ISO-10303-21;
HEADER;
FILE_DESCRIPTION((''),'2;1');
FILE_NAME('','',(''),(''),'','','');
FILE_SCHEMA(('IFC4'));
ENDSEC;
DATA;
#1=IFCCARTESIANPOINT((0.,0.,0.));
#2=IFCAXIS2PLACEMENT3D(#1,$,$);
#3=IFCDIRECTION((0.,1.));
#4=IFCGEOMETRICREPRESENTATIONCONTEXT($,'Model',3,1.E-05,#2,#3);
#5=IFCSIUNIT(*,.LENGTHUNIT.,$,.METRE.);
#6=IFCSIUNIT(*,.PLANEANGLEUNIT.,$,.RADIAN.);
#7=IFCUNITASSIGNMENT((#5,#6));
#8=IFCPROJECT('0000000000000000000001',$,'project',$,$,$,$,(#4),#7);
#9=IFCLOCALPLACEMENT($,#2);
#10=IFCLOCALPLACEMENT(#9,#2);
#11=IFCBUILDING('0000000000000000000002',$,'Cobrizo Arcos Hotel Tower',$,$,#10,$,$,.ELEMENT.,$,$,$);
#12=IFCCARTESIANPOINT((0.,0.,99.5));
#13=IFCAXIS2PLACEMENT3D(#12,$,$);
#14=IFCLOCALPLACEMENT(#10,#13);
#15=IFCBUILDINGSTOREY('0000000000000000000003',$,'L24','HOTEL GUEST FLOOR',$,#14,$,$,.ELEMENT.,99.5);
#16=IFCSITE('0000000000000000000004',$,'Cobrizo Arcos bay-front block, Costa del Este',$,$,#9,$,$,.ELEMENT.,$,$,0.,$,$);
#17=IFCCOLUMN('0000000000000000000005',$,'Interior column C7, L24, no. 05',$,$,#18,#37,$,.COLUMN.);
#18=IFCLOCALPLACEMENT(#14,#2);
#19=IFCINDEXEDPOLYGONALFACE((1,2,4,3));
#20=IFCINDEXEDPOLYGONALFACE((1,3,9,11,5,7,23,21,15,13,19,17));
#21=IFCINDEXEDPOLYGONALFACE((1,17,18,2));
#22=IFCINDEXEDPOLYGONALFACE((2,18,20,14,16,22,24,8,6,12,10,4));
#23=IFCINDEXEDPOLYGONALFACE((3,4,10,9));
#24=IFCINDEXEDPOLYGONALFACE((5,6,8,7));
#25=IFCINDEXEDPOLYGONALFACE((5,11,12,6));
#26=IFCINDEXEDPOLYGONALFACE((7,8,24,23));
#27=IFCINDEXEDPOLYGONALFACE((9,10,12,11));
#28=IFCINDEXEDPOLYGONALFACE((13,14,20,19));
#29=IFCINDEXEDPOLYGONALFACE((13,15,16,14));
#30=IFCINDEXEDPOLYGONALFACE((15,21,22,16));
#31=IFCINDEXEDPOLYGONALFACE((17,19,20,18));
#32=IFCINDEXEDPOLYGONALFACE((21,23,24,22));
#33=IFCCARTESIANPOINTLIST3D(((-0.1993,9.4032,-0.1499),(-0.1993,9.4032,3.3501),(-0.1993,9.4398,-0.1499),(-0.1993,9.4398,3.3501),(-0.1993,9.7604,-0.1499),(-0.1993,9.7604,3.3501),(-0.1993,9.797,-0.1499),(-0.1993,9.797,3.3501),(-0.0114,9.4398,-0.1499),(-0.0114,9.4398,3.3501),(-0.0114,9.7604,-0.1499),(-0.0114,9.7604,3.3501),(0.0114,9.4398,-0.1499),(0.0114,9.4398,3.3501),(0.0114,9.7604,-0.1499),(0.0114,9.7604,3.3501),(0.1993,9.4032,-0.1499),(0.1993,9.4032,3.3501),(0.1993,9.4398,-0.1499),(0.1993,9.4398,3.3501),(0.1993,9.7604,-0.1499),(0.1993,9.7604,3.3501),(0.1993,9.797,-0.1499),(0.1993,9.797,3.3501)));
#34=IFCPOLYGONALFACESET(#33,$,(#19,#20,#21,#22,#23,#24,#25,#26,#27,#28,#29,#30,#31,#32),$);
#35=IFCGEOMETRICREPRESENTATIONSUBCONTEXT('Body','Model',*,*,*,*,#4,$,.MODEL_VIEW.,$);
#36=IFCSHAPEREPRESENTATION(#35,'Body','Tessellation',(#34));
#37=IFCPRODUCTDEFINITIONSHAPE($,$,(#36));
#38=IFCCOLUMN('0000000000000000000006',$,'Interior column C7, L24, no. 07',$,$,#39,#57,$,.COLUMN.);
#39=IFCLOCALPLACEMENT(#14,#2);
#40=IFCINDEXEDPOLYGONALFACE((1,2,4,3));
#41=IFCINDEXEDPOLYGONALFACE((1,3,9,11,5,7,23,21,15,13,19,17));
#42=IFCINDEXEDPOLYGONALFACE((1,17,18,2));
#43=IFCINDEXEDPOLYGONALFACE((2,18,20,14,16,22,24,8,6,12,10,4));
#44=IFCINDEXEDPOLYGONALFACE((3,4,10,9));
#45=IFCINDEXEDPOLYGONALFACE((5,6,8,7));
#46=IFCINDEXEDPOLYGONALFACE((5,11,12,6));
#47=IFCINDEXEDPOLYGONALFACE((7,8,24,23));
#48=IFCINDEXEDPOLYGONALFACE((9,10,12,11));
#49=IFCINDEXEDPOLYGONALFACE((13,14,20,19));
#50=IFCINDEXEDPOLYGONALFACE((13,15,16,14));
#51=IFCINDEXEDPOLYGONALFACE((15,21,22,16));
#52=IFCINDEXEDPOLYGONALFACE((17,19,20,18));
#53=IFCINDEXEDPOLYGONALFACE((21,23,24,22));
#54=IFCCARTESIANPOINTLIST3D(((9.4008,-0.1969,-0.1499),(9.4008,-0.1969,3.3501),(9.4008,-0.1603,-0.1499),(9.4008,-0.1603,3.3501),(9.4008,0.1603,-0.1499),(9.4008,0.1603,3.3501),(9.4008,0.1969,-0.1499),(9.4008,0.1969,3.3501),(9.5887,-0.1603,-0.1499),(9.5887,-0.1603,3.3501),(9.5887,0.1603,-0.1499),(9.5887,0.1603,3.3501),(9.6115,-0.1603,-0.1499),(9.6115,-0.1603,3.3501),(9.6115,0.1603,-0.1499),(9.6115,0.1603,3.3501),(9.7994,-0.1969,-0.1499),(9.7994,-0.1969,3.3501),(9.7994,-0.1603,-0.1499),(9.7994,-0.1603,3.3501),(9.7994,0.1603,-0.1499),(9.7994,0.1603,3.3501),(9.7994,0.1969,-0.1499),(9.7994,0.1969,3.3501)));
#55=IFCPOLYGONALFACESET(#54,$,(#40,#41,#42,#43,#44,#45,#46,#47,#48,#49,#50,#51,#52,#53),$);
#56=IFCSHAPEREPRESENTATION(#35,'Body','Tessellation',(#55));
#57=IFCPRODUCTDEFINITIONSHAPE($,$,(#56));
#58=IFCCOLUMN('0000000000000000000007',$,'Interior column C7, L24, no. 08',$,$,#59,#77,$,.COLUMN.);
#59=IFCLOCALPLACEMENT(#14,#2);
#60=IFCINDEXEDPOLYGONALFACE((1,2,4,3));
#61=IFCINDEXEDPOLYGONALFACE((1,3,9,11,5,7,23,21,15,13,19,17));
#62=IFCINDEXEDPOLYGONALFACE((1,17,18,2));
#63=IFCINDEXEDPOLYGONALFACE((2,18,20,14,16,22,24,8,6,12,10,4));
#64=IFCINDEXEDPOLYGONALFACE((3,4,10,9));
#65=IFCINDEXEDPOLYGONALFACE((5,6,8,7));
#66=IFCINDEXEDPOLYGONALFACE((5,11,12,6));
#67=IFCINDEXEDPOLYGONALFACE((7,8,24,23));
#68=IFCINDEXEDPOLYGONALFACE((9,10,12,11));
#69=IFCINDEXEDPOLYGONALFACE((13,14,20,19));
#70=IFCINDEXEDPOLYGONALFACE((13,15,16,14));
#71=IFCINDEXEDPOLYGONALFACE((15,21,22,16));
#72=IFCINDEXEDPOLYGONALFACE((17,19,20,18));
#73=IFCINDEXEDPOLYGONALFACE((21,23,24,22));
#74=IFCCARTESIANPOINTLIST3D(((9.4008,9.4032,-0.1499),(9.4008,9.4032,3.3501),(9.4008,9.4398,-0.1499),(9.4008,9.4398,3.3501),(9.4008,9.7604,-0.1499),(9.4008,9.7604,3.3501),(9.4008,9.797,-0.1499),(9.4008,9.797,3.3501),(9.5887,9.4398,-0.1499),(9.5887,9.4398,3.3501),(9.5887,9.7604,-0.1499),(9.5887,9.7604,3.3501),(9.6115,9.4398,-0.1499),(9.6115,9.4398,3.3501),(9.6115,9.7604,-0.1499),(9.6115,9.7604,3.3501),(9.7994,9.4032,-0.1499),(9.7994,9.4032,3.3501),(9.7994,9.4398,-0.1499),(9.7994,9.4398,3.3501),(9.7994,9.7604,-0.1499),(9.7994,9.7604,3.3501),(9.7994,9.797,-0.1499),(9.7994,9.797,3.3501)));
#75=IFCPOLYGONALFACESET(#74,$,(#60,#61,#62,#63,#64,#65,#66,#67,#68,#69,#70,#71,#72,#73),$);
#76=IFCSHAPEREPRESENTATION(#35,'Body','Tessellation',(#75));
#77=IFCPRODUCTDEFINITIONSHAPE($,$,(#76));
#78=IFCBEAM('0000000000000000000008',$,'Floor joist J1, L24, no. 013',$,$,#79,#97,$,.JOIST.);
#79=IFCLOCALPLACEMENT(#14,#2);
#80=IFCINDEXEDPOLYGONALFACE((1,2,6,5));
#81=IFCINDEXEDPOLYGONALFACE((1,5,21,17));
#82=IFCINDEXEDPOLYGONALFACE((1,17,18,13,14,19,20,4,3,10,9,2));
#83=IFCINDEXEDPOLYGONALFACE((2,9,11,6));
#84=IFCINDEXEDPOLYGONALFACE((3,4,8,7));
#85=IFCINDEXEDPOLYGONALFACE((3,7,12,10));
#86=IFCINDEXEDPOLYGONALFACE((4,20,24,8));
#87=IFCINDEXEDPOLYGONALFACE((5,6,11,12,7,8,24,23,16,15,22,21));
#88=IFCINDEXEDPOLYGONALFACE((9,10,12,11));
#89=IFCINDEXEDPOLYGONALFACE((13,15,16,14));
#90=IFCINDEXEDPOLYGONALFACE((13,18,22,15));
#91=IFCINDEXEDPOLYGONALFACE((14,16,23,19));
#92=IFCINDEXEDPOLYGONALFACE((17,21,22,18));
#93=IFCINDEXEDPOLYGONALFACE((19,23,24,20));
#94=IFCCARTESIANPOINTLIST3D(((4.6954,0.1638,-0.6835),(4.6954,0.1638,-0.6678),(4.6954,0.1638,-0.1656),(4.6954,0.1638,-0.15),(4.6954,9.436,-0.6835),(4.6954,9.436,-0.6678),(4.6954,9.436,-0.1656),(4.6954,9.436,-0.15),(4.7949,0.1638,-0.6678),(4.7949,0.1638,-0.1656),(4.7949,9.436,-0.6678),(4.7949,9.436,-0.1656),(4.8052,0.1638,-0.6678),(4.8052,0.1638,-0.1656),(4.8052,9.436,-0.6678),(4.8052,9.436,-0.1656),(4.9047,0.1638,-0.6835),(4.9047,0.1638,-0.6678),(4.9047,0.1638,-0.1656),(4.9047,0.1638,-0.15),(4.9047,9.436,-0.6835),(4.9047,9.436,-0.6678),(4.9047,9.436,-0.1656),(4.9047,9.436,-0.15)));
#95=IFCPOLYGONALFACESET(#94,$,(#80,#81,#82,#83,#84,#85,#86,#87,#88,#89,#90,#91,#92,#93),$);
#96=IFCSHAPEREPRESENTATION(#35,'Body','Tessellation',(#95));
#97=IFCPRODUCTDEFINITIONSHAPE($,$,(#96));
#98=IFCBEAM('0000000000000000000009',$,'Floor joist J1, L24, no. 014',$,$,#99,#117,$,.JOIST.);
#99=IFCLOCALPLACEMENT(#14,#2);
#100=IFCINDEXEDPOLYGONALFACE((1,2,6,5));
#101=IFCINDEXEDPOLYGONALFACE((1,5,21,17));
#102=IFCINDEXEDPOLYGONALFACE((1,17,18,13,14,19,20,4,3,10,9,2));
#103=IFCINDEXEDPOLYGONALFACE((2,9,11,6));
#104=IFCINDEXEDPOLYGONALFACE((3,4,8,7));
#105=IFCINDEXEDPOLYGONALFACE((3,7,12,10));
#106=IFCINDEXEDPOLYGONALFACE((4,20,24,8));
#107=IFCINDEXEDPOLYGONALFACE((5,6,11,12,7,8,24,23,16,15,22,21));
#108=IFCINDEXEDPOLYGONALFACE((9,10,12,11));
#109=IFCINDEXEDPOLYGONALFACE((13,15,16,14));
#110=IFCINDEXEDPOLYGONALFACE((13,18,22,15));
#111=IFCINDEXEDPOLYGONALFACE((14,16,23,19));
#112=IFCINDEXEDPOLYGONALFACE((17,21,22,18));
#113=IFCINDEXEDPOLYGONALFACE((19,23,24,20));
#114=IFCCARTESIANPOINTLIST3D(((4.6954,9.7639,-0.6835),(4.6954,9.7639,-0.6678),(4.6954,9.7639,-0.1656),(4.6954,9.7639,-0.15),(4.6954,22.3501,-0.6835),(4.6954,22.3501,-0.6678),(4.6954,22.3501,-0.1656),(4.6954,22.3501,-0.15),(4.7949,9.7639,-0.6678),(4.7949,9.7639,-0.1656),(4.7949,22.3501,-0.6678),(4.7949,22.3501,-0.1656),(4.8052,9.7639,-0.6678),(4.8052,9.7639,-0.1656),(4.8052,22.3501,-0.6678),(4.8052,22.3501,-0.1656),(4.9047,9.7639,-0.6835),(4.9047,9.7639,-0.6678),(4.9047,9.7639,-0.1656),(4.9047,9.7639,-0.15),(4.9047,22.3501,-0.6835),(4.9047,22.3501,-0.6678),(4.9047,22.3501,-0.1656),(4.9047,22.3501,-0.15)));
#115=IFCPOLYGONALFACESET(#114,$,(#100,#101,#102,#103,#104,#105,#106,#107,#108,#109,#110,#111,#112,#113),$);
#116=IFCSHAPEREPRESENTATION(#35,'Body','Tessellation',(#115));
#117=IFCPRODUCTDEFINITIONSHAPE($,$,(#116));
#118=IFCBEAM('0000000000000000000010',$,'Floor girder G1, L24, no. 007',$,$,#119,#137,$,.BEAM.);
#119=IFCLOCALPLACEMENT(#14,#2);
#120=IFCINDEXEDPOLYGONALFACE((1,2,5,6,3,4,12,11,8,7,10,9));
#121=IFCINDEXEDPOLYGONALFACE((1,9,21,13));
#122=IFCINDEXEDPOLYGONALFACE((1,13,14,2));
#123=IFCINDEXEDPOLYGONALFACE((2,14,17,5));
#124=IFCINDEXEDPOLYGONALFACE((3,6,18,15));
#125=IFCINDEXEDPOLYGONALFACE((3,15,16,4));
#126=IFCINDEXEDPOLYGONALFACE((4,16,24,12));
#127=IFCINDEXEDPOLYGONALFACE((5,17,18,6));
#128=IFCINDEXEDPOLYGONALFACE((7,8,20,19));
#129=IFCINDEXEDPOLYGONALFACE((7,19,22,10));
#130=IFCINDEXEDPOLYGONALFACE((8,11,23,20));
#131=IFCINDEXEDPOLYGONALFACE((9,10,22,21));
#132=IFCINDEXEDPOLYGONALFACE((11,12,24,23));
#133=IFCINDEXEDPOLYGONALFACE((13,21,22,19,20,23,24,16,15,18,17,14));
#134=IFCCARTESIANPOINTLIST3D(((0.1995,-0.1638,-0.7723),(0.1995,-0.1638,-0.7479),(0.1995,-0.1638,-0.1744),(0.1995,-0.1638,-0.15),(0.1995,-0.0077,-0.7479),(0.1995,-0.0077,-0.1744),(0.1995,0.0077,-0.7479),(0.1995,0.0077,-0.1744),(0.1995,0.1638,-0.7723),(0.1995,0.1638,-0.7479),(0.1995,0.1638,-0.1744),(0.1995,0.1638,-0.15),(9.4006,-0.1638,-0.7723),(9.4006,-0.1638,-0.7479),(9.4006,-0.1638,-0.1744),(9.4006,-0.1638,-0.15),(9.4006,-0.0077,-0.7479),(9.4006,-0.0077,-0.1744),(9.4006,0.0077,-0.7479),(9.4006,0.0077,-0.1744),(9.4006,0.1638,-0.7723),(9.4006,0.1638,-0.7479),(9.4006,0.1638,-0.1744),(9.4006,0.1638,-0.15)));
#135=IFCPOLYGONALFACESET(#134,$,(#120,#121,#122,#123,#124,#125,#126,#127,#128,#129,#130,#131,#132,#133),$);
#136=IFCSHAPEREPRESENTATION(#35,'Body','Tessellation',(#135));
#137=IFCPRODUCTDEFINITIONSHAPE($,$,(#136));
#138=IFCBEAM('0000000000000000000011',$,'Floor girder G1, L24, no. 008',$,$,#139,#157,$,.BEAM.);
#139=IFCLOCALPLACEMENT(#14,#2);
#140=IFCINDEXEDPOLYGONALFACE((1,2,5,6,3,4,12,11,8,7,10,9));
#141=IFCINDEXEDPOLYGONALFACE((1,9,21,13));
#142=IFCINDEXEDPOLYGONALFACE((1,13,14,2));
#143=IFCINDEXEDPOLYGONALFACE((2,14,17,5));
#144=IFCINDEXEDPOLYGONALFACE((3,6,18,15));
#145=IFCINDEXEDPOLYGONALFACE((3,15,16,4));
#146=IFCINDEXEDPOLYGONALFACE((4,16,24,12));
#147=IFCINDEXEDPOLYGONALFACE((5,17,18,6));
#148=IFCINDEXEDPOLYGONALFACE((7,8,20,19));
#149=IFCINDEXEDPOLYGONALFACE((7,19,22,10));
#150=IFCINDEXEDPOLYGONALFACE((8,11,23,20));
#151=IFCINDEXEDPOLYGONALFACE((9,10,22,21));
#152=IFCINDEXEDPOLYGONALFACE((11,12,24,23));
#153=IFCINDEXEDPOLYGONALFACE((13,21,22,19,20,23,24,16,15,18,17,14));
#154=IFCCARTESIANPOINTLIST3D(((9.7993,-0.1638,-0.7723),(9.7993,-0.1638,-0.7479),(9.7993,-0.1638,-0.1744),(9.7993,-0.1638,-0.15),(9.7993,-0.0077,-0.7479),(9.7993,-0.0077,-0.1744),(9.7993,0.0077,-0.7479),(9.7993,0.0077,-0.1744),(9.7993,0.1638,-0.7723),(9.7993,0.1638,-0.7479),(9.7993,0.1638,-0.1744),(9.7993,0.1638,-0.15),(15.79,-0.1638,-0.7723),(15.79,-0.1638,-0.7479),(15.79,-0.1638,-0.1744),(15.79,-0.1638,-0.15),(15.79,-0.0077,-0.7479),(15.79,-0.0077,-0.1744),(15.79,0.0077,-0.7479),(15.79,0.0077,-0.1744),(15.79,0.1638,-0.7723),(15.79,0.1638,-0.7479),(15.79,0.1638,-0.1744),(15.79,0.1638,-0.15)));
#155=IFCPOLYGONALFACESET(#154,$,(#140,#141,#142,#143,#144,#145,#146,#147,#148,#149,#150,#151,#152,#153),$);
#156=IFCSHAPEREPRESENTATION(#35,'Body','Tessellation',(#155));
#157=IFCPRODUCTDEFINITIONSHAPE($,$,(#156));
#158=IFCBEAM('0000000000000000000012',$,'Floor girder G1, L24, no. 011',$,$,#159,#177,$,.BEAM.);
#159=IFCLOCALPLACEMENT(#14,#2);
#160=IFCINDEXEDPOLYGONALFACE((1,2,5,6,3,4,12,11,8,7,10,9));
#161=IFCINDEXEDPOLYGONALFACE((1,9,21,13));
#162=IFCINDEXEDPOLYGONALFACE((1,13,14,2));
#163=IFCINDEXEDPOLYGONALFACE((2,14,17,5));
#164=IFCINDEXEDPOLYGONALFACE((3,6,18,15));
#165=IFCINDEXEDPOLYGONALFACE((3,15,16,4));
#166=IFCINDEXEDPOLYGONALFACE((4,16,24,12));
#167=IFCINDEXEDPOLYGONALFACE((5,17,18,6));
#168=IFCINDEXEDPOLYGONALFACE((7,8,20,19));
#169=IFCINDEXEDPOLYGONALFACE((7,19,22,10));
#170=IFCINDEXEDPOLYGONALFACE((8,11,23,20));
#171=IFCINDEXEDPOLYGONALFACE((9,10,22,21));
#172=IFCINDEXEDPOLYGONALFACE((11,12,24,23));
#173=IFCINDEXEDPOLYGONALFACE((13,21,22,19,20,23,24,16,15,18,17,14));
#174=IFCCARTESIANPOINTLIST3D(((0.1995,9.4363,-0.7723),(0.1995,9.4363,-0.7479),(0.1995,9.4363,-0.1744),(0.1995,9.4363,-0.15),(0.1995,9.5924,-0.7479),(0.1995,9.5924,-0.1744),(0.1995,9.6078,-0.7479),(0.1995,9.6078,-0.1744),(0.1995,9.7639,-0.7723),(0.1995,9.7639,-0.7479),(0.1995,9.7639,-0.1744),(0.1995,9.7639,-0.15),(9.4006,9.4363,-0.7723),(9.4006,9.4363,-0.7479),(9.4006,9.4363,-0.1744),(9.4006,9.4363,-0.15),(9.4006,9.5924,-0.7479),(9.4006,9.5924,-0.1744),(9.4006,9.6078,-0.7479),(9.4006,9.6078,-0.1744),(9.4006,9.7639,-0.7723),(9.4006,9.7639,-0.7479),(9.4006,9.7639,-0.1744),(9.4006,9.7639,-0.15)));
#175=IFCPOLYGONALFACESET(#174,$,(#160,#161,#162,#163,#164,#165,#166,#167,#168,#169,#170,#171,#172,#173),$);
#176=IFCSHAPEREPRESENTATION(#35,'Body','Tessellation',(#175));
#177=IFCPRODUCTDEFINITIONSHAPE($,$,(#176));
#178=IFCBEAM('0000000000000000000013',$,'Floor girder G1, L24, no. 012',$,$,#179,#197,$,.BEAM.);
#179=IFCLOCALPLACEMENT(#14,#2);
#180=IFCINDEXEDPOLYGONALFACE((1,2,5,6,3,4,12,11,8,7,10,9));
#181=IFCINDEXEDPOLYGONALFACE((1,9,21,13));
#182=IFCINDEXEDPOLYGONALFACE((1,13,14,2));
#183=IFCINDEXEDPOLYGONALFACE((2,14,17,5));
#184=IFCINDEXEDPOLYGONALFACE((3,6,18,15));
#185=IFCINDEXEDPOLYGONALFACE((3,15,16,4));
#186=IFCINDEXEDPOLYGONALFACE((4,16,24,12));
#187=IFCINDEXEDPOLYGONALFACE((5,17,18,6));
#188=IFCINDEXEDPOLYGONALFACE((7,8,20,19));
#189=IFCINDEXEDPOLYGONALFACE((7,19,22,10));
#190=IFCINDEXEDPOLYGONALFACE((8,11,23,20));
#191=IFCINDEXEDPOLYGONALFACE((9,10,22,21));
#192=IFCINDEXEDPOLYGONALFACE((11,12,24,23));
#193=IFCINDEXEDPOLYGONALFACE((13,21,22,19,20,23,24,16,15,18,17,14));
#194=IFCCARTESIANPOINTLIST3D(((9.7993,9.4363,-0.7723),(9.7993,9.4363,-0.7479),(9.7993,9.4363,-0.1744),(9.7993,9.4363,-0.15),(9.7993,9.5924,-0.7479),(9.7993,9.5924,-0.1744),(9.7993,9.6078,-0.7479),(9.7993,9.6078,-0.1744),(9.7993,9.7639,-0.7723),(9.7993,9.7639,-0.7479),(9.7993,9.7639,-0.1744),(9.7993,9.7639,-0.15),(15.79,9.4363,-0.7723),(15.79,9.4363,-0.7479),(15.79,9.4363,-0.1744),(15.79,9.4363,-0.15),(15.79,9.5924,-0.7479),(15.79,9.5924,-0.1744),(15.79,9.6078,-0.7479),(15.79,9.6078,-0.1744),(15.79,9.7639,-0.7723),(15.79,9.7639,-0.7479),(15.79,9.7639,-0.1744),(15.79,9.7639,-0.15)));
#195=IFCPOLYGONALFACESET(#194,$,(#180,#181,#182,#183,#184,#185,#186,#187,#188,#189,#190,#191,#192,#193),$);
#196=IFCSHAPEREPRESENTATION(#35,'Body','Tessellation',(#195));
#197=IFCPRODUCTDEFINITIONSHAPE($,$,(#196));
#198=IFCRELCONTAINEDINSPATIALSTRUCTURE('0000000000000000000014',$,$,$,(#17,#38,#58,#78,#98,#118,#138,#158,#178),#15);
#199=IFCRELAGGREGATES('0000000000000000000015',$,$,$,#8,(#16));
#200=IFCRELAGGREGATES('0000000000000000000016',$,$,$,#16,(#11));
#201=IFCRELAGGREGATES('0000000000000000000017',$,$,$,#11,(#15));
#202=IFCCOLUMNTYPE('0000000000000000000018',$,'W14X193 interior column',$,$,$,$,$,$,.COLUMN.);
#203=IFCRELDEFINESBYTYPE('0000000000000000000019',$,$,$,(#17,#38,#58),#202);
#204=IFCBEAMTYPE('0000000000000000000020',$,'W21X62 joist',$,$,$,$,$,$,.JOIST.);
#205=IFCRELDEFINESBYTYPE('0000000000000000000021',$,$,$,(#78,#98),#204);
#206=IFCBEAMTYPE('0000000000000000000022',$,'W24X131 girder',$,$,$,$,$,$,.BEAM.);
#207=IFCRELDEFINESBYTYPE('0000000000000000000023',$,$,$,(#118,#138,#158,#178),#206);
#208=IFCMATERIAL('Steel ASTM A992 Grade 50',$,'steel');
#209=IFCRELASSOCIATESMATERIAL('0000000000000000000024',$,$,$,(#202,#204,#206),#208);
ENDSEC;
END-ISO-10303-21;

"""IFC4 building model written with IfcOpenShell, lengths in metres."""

from ifc_helpers import new_model, si_unit, direction, frame, origin, origin_2d, place, context, subcontext, project, spatial, i_section, extrude, material, material_profile, profile_set, type_object, element, save


model = new_model("IFC4")

# Units and contexts
model_context = context("Model", 3, precision=1e-05, world=origin(), true_north=direction((0.0, 1.0)))
body_context = subcontext(model_context, "Body", "Model", "MODEL_VIEW")
ifc_project = project(units=[si_unit("LENGTHUNIT", "METRE"), si_unit("PLANEANGLEUNIT", "RADIAN")], contexts=[model_context])

# Site, building, storey
site_placement = place(None, origin())
site = spatial("IfcSite", under=ifc_project, at=site_placement, Name="Cobrizo Arcos bay-front block, Costa del Este", CompositionType="ELEMENT", RefElevation=0.0)
building_placement = place(site_placement, origin())
building = spatial("IfcBuilding", under=site, at=building_placement, Name="Cobrizo Arcos Hotel Tower", CompositionType="ELEMENT")
storey_placement = place(building_placement, frame((0.0, 0.0, 99.5)))
storey = spatial("IfcBuildingStorey", under=building, at=storey_placement, Name="L24", Description="HOTEL GUEST FLOOR", CompositionType="ELEMENT", Elevation=99.5)

# Columns
ifc_material_1 = material(Name="Steel ASTM A992 Grade 50", Category="steel")
ifc_material_profile_1 = material_profile(ifc_material_1, i_section(OverallWidth=0.3987, OverallDepth=0.3938, WebThickness=0.0227, FlangeThickness=0.0366, at=origin_2d()), Name="W14X193")
ifc_profile_set_1 = profile_set([ifc_material_profile_1], Name="Steel ASTM A992 Grade 50")
column_type = type_object("IfcColumnType", Name="W14X193 interior column", PredefinedType="COLUMN", material=ifc_profile_set_1)
for number, where, z_axis, x_axis, name in (
    (1, (0.0, 9.6001, -0.1499), (0.0, 0.0, 1.0), (1.0, 0.0, 0.0), "Interior column C7, L24, no. 05"),
    (2, (9.6001, 0.0, -0.1499), (0.0, 0.0, 1.0), (1.0, 0.0, 0.0), "Interior column C7, L24, no. 07"),
    (3, (9.6001, 9.6001, -0.1499), (0.0, 0.0, 1.0), (1.0, 0.0, 0.0), "Interior column C7, L24, no. 08"),
):
    element("IfcColumn", number, at=place(storey_placement, frame(where, z_axis=z_axis, x_axis=x_axis)), inside=storey, type_object=column_type, Name=name, PredefinedType="COLUMN", context=body_context, shape_type="SweptSolid", body=[
        extrude(i_section(OverallWidth=0.3987, OverallDepth=0.3938, WebThickness=0.0227, FlangeThickness=0.0366, at=origin_2d()), origin(), (0.0, 0.0, 1.0), 3.5),
    ])

# Beams
ifc_material_profile_2 = material_profile(ifc_material_1, i_section(OverallWidth=0.2092, OverallDepth=0.5334, WebThickness=0.0103, FlangeThickness=0.0156, at=origin_2d()), Name="W21X62")
ifc_profile_set_2 = profile_set([ifc_material_profile_2], Name="Steel ASTM A992 Grade 50")
beam_type_1 = type_object("IfcBeamType", Name="W21X62 joist", PredefinedType="JOIST", material=ifc_profile_set_2)
beam_1_placement = place(storey_placement, frame((4.8, 0.1638, -0.4167), z_axis=(0.0, 1.0, 0.0), x_axis=(-1.0, 0.0, 0.0)))
element("IfcBeam", 4, at=beam_1_placement, inside=storey, type_object=beam_type_1, Name="Floor joist J1, L24, no. 013", PredefinedType="JOIST", context=body_context, shape_type="SweptSolid", body=[
    extrude(i_section(OverallWidth=0.2092, OverallDepth=0.5334, WebThickness=0.0103, FlangeThickness=0.0156, at=origin_2d()), origin(), (0.0, 0.0, 1.0), 9.2722),
])
beam_2_placement = place(storey_placement, frame((4.8, 9.7639, -0.4167), z_axis=(0.0, 1.0, 0.0), x_axis=(-1.0, 0.0, 0.0)))
element("IfcBeam", 5, at=beam_2_placement, inside=storey, type_object=beam_type_1, Name="Floor joist J1, L24, no. 014", PredefinedType="JOIST", context=body_context, shape_type="SweptSolid", body=[
    extrude(i_section(OverallWidth=0.2092, OverallDepth=0.5334, WebThickness=0.0103, FlangeThickness=0.0156, at=origin_2d()), origin(), (0.0, 0.0, 1.0), 12.5862),
])
ifc_material_profile_3 = material_profile(ifc_material_1, i_section(OverallWidth=0.3276, OverallDepth=0.6223, WebThickness=0.0154, FlangeThickness=0.0244, at=origin_2d()), Name="W24X131")
ifc_profile_set_3 = profile_set([ifc_material_profile_3], Name="Steel ASTM A992 Grade 50")
beam_type_2 = type_object("IfcBeamType", Name="W24X131 girder", PredefinedType="BEAM", material=ifc_profile_set_3)
beam_3_placement = place(storey_placement, frame((0.1995, 0.0, -0.4612), z_axis=(1.0, 0.0, 0.0), x_axis=(0.0, 1.0, 0.0)))
element("IfcBeam", 6, at=beam_3_placement, inside=storey, type_object=beam_type_2, Name="Floor girder G1, L24, no. 007", PredefinedType="BEAM", context=body_context, shape_type="SweptSolid", body=[
    extrude(i_section(OverallWidth=0.3276, OverallDepth=0.6223, WebThickness=0.0154, FlangeThickness=0.0244, at=origin_2d()), origin(), (0.0, 0.0, 1.0), 9.2012),
])
beam_4_placement = place(storey_placement, frame((9.7993, 0.0, -0.4612), z_axis=(1.0, 0.0, 0.0), x_axis=(0.0, 1.0, 0.0)))
element("IfcBeam", 7, at=beam_4_placement, inside=storey, type_object=beam_type_2, Name="Floor girder G1, L24, no. 008", PredefinedType="BEAM", context=body_context, shape_type="SweptSolid", body=[
    extrude(i_section(OverallWidth=0.3276, OverallDepth=0.6223, WebThickness=0.0154, FlangeThickness=0.0244, at=origin_2d()), origin(), (0.0, 0.0, 1.0), 5.9907),
])
beam_5_placement = place(storey_placement, frame((0.1995, 9.6001, -0.4612), z_axis=(1.0, 0.0, 0.0), x_axis=(0.0, 1.0, 0.0)))
element("IfcBeam", 8, at=beam_5_placement, inside=storey, type_object=beam_type_2, Name="Floor girder G1, L24, no. 011", PredefinedType="BEAM", context=body_context, shape_type="SweptSolid", body=[
    extrude(i_section(OverallWidth=0.3276, OverallDepth=0.6223, WebThickness=0.0154, FlangeThickness=0.0244, at=origin_2d()), origin(), (0.0, 0.0, 1.0), 9.2012),
])
beam_6_placement = place(storey_placement, frame((9.7993, 9.6001, -0.4612), z_axis=(1.0, 0.0, 0.0), x_axis=(0.0, 1.0, 0.0)))
element("IfcBeam", 9, at=beam_6_placement, inside=storey, type_object=beam_type_2, Name="Floor girder G1, L24, no. 012", PredefinedType="BEAM", context=body_context, shape_type="SweptSolid", body=[
    extrude(i_section(OverallWidth=0.3276, OverallDepth=0.6223, WebThickness=0.0154, FlangeThickness=0.0244, at=origin_2d()), origin(), (0.0, 0.0, 1.0), 5.9907),
])

save(model, "model.ifc")
